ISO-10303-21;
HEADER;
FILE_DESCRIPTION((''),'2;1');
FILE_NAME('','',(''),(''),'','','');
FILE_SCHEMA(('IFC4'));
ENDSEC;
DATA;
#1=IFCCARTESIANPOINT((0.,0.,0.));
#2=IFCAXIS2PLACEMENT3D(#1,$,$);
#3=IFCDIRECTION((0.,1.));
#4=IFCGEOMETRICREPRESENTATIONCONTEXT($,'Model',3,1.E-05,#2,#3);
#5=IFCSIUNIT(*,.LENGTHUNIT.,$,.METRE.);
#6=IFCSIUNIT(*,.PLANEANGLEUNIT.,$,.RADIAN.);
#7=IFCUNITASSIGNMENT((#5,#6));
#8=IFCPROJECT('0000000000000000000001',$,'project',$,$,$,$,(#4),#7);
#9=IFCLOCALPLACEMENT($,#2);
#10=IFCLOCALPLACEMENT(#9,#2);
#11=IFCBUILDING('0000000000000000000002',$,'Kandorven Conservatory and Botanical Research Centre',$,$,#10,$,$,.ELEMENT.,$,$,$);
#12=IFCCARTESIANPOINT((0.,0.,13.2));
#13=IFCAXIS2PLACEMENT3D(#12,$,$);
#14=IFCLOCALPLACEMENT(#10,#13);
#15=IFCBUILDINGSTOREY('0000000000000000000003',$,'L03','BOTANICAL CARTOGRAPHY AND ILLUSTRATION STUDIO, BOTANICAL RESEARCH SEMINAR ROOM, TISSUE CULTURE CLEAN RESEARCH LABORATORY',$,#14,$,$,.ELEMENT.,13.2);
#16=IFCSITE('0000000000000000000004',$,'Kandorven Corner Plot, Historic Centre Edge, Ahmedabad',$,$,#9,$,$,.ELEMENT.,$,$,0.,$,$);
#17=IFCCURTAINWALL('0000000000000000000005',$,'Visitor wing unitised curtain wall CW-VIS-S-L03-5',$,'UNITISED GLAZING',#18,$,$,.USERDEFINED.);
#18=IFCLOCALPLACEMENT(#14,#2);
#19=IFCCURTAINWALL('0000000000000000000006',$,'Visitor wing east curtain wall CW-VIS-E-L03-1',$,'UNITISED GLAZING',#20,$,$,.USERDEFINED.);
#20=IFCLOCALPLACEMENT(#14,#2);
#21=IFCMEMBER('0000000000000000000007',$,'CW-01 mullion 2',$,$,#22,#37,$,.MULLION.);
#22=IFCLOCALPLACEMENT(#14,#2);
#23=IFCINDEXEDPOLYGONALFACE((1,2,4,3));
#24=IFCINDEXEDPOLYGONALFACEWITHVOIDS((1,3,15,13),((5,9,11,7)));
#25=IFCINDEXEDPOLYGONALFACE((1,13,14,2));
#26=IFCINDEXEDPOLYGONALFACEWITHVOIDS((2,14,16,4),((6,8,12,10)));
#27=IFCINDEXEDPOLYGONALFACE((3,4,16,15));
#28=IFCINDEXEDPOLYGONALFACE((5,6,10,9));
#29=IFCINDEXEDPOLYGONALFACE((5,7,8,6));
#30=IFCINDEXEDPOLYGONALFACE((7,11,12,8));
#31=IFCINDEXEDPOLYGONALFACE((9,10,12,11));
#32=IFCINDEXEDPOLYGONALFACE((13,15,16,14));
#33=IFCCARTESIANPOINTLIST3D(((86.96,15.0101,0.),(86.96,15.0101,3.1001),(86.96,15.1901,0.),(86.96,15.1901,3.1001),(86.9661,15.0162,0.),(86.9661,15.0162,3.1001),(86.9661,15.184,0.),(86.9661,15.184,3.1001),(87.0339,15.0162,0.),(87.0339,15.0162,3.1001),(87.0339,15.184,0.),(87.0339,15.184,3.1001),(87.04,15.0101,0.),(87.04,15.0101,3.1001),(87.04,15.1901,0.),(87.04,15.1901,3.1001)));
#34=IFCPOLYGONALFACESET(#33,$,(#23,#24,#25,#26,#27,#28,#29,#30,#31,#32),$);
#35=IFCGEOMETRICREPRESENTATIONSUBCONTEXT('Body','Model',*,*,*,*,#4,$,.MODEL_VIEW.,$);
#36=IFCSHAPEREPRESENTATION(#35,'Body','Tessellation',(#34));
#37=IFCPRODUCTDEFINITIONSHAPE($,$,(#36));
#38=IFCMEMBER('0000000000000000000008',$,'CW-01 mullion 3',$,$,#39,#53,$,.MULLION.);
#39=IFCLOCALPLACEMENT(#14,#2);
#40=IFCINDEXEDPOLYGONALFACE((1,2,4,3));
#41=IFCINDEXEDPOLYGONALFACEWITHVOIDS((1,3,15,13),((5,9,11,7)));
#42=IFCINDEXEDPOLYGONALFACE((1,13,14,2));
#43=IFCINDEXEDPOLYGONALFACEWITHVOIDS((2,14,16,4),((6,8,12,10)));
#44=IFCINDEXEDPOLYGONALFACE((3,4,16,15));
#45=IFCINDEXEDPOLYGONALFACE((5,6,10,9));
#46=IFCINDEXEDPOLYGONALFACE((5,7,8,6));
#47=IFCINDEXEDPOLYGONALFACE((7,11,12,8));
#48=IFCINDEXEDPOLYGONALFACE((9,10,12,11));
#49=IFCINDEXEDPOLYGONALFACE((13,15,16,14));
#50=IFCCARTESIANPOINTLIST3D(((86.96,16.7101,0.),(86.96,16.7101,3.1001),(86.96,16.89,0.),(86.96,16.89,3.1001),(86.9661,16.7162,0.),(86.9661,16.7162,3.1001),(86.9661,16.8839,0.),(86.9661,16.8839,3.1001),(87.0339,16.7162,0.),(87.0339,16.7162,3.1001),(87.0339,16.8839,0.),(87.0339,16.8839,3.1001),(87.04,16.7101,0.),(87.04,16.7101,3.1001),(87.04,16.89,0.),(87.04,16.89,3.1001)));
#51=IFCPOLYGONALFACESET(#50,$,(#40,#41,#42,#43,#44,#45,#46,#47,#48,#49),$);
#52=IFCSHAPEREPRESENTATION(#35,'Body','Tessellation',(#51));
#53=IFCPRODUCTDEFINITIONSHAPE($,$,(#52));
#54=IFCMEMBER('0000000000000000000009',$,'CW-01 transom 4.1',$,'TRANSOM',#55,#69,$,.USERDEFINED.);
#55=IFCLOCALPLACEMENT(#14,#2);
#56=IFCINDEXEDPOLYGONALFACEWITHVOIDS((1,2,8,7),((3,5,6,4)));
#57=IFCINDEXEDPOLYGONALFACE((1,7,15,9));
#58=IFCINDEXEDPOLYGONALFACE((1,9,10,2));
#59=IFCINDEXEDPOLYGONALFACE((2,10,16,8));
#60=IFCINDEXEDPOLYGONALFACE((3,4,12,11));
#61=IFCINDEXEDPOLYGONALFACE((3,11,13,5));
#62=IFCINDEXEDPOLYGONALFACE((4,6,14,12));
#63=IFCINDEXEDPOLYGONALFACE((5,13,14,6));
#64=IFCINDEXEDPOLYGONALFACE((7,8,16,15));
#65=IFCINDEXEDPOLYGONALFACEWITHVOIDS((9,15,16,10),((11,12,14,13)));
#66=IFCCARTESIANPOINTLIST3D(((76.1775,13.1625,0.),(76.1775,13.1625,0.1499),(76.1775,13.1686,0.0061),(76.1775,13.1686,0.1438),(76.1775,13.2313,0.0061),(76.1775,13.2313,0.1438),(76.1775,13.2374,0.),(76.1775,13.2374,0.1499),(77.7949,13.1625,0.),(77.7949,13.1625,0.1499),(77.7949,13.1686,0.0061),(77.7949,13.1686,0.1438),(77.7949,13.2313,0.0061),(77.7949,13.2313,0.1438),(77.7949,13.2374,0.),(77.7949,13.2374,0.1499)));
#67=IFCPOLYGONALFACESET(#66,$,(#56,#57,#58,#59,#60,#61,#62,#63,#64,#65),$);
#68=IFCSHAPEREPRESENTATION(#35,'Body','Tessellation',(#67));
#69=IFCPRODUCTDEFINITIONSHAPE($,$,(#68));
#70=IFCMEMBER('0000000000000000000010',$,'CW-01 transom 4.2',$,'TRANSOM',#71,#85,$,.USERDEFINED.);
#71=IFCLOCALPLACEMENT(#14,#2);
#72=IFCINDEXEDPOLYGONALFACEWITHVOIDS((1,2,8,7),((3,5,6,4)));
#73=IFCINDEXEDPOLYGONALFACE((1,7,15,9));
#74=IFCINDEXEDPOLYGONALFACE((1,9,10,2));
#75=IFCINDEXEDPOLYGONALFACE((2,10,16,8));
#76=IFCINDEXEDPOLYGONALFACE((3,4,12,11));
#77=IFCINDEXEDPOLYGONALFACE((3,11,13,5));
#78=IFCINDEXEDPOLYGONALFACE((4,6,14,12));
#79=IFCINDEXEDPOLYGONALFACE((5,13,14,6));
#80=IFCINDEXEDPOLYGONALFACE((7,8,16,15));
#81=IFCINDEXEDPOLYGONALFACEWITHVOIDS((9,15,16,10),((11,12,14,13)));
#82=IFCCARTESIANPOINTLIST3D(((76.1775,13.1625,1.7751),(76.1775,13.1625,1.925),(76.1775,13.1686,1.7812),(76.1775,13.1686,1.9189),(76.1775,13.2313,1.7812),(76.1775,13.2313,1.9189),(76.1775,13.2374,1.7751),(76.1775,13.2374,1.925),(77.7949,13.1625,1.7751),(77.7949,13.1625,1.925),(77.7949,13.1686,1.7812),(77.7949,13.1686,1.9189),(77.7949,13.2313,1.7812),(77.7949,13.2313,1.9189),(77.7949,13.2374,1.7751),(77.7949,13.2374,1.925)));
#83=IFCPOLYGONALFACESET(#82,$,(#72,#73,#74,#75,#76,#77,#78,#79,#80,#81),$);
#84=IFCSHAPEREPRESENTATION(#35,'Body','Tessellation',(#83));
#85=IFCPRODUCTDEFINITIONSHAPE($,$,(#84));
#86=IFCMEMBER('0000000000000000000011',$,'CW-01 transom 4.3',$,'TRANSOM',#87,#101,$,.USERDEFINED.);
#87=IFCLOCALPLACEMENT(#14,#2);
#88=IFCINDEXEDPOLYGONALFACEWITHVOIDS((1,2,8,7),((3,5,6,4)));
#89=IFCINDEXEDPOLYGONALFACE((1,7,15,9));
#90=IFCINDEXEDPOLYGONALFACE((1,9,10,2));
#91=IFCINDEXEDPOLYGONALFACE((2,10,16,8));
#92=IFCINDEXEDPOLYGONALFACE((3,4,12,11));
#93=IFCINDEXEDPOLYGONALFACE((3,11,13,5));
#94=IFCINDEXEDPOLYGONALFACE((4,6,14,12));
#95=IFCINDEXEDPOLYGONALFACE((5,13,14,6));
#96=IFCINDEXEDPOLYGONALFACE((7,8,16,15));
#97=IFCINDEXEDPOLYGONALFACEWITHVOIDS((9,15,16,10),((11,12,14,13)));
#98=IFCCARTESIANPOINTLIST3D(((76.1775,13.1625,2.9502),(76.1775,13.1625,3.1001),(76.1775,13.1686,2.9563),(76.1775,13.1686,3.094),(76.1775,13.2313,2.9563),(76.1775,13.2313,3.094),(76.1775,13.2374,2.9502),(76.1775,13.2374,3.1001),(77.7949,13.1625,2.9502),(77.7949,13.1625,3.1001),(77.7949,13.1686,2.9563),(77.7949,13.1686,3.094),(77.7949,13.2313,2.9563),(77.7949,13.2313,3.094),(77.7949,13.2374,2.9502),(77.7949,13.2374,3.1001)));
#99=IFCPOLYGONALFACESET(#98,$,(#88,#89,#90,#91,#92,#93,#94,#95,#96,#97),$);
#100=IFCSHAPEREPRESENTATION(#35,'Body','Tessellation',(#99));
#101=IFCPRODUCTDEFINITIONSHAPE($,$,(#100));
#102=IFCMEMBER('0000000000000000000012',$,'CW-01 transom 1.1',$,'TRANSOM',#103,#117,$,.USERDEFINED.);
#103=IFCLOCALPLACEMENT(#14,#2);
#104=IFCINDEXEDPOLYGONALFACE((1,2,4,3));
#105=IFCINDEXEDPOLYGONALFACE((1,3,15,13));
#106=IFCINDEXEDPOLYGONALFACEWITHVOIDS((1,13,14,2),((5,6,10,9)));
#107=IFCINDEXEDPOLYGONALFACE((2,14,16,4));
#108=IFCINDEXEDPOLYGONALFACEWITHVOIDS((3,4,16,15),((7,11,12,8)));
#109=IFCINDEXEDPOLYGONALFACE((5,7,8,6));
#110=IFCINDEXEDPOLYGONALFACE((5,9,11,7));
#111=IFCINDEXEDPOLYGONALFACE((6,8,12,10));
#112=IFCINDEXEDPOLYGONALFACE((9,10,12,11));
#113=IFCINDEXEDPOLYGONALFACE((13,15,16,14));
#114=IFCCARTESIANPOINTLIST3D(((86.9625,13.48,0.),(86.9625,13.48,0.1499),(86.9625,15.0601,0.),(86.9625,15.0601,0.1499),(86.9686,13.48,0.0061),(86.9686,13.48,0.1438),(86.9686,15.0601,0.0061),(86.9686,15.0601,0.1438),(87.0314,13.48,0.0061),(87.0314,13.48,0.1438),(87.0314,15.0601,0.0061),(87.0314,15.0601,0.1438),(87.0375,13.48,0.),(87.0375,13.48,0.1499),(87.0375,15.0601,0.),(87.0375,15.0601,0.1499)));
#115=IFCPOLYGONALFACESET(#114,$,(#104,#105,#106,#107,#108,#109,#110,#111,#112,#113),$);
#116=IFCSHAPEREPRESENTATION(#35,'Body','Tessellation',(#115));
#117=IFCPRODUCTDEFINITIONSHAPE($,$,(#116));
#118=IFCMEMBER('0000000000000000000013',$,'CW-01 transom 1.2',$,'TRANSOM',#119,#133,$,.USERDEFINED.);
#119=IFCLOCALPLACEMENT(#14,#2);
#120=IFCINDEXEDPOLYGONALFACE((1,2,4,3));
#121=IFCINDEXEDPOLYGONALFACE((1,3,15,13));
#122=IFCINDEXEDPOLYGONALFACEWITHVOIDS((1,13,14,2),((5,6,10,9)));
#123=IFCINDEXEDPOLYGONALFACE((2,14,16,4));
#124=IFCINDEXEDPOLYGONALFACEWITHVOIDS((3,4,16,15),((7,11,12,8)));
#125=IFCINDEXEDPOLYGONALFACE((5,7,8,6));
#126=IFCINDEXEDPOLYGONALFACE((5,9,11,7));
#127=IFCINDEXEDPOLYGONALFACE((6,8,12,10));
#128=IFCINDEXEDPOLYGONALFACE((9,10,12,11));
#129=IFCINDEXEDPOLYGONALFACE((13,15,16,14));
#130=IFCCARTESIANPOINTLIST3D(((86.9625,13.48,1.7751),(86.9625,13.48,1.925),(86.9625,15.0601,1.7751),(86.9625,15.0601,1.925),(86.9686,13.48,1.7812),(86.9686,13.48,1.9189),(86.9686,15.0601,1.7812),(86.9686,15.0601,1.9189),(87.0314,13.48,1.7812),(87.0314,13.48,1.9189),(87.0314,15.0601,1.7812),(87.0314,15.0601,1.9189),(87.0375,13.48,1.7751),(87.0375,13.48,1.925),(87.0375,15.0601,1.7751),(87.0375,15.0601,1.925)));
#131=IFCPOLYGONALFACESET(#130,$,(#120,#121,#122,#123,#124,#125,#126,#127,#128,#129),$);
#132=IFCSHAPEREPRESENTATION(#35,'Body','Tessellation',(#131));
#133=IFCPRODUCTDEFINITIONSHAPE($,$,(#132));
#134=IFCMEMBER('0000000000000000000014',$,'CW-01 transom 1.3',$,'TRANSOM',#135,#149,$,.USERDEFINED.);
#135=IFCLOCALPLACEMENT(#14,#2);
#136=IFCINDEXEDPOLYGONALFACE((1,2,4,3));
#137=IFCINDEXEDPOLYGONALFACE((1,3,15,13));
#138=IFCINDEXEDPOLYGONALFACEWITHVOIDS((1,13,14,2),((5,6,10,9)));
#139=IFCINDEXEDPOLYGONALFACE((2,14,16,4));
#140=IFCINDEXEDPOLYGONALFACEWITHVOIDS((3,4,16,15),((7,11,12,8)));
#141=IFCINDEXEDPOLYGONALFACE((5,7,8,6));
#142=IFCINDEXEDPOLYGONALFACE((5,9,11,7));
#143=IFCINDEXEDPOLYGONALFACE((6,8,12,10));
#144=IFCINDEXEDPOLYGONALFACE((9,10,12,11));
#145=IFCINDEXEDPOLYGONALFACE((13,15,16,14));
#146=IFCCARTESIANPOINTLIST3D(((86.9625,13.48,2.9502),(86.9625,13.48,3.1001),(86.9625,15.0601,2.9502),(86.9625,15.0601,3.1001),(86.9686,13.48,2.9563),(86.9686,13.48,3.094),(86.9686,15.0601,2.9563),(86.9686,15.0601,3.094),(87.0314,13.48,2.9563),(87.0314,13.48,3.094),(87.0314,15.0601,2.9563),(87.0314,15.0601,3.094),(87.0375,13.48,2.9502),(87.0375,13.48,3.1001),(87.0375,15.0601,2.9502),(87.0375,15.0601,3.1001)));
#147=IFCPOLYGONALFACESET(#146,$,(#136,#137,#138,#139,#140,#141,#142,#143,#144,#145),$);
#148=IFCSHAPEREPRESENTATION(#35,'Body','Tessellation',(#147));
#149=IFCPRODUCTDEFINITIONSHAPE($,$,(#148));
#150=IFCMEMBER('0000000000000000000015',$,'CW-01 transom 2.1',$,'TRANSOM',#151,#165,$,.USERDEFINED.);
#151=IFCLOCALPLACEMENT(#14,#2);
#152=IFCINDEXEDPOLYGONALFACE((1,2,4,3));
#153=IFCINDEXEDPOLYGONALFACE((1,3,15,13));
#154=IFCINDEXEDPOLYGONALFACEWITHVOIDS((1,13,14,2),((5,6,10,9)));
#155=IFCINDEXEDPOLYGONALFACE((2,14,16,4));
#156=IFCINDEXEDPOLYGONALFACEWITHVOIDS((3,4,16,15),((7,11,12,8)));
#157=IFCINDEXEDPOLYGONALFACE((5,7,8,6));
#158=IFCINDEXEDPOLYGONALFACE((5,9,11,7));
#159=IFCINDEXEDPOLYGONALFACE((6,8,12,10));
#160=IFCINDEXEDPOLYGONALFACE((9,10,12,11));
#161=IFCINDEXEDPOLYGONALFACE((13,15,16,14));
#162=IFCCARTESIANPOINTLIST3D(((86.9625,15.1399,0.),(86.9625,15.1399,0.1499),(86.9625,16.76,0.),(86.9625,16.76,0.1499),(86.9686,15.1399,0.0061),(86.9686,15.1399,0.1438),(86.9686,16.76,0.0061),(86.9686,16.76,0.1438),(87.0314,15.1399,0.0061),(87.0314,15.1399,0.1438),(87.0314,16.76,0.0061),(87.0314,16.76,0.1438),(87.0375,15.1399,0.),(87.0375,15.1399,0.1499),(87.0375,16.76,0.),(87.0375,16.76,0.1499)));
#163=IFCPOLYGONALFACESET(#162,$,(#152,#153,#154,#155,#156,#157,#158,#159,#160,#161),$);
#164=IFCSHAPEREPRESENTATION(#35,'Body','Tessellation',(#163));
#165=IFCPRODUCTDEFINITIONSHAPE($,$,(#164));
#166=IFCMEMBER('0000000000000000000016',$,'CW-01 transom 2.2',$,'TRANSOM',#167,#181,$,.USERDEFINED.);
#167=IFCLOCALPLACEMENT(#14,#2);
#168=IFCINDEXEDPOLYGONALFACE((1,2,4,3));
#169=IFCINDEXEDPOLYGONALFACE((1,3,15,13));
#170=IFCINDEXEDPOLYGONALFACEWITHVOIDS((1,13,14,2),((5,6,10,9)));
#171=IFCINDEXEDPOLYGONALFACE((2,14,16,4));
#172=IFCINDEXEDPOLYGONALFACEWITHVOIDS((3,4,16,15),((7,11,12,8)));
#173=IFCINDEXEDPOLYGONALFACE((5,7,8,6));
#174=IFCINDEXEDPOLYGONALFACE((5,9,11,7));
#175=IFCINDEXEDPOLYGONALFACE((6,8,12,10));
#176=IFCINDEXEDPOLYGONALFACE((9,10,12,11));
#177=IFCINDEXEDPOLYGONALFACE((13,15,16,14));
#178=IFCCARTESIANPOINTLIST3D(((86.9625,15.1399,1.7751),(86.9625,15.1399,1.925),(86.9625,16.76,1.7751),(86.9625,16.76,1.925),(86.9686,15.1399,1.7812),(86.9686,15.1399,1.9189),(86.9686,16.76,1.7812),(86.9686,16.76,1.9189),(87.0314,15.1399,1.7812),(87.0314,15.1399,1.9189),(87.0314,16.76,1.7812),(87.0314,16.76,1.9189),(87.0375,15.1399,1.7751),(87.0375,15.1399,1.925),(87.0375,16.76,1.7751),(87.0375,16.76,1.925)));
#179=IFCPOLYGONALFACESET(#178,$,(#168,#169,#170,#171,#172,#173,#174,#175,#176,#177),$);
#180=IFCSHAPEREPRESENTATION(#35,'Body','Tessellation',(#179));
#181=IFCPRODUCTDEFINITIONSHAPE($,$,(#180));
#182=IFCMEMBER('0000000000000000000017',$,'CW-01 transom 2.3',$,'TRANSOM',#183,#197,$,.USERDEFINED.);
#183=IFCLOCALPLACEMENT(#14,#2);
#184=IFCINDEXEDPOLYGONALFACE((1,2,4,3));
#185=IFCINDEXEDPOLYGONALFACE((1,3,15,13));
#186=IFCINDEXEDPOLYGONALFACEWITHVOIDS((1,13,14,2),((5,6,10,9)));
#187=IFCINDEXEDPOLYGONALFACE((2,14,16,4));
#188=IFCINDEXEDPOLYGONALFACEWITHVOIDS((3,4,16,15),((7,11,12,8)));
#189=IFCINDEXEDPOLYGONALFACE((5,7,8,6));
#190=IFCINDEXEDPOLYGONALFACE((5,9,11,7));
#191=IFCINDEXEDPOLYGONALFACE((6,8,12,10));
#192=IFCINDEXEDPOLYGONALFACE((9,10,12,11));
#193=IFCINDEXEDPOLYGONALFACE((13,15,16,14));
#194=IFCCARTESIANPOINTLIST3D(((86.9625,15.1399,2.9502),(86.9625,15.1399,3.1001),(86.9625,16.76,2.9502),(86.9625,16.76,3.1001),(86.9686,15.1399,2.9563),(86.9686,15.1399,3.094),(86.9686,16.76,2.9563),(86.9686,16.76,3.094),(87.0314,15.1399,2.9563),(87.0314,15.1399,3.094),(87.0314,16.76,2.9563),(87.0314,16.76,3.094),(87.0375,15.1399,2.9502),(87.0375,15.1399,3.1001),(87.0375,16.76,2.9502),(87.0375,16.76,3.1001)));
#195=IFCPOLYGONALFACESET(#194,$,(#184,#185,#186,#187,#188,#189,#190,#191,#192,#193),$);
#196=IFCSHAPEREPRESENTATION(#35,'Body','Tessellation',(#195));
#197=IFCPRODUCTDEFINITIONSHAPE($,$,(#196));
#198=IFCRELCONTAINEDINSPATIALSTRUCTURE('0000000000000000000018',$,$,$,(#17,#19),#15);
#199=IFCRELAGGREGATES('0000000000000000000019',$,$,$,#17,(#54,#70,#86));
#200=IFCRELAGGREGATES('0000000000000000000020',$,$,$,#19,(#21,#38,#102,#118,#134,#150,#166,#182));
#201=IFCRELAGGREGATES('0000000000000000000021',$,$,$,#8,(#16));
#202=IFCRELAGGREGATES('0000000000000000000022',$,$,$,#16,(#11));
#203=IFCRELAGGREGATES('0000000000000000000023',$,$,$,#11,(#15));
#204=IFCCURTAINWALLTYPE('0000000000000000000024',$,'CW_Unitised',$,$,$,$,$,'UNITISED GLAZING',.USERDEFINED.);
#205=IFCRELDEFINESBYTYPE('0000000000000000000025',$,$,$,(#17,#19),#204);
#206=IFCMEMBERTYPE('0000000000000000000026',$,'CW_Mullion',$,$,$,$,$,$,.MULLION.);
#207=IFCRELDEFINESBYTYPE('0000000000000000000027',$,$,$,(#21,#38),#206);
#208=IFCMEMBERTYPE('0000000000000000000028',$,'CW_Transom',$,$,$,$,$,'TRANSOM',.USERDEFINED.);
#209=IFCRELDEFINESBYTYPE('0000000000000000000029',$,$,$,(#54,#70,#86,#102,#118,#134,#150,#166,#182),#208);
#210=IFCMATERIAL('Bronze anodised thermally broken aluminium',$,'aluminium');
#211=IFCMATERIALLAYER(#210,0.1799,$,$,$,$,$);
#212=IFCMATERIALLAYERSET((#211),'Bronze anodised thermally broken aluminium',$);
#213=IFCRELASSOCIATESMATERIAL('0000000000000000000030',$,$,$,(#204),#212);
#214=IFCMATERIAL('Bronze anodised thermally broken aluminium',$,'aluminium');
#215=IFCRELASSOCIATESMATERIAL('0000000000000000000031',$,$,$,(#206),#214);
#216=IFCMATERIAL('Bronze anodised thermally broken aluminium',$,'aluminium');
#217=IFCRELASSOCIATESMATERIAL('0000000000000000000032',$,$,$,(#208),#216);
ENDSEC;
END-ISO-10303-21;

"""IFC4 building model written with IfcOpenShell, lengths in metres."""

from ifc_helpers import new_model, si_unit, direction, frame, origin, origin_2d, place, context, subcontext, project, spatial, hollow_rectangle, extrude, material, layer, layer_set, material_profile, profile_set, type_object, element, aggregate, save


model = new_model("IFC4")

# Units and contexts
model_context = context("Model", 3, precision=1e-05, world=origin(), true_north=direction((0.0, 1.0)))
body_context = subcontext(model_context, "Body", "Model", "MODEL_VIEW")
ifc_project = project(units=[si_unit("LENGTHUNIT", "METRE"), si_unit("PLANEANGLEUNIT", "RADIAN")], contexts=[model_context])

# Site, building, storey
site_placement = place(None, origin())
site = spatial("IfcSite", under=ifc_project, at=site_placement, Name="Kandorven Corner Plot, Historic Centre Edge, Ahmedabad", CompositionType="ELEMENT", RefElevation=0.0)
building_placement = place(site_placement, origin())
building = spatial("IfcBuilding", under=site, at=building_placement, Name="Kandorven Conservatory and Botanical Research Centre", CompositionType="ELEMENT")
storey_placement = place(building_placement, frame((0.0, 0.0, 13.2)))
storey = spatial("IfcBuildingStorey", under=building, at=storey_placement, Name="L03", Description="BOTANICAL CARTOGRAPHY AND ILLUSTRATION STUDIO, BOTANICAL RESEARCH SEMINAR ROOM, TISSUE CULTURE CLEAN RESEARCH LABORATORY", CompositionType="ELEMENT", Elevation=13.2)

# Curtain walls, members
ifc_material_1 = material(Name="Bronze anodised thermally broken aluminium", Category="aluminium")
ifc_layer_1 = layer(ifc_material_1, 0.1799)
ifc_layer_set_1 = layer_set([ifc_layer_1], Name="Bronze anodised thermally broken aluminium")
curtain_wall_type = type_object("IfcCurtainWallType", Name="CW_Unitised", ElementType="UNITISED GLAZING", PredefinedType="USERDEFINED", material=ifc_layer_set_1)
curtain_wall_1_placement = place(storey_placement, origin())
curtain_wall_1 = element("IfcCurtainWall", 1, at=curtain_wall_1_placement, inside=storey, type_object=curtain_wall_type, Name="Visitor wing unitised curtain wall CW-VIS-S-L03-5", ObjectType="UNITISED GLAZING", PredefinedType="USERDEFINED")
ifc_material_2 = material(Name="Bronze anodised thermally broken aluminium", Category="aluminium")
ifc_material_profile_1 = material_profile(ifc_material_2, hollow_rectangle(XDim=0.0801, YDim=0.1799, WallThickness=0.0061, at=origin_2d()))
ifc_profile_set_1 = profile_set([ifc_material_profile_1], Name="Bronze anodised thermally broken aluminium")
member_type_1 = type_object("IfcMemberType", Name="CW_Mullion", PredefinedType="MULLION", material=ifc_profile_set_1)
curtain_wall_2_placement = place(storey_placement, origin())
curtain_wall_2 = element("IfcCurtainWall", 2, at=curtain_wall_2_placement, inside=storey, type_object=curtain_wall_type, Name="Visitor wing east curtain wall CW-VIS-E-L03-1", ObjectType="UNITISED GLAZING", PredefinedType="USERDEFINED")
member_1_placement = place(storey_placement, frame((87.0, 15.1001, 0.0), z_axis=(0.0, 0.0, 1.0), x_axis=(-1.0, 0.0, 0.0)))
member_1 = element("IfcMember", 3, at=member_1_placement, type_object=member_type_1, Name="CW-01 mullion 2", PredefinedType="MULLION", context=body_context, shape_type="SweptSolid", body=[
    extrude(hollow_rectangle(XDim=0.0801, YDim=0.1799, WallThickness=0.0061, at=origin_2d()), origin(), (0.0, 0.0, 1.0), 3.1001),
])
member_2_placement = place(storey_placement, frame((87.0, 16.8, 0.0), z_axis=(0.0, 0.0, 1.0), x_axis=(-1.0, 0.0, 0.0)))
member_2 = element("IfcMember", 4, at=member_2_placement, type_object=member_type_1, Name="CW-01 mullion 3", PredefinedType="MULLION", context=body_context, shape_type="SweptSolid", body=[
    extrude(hollow_rectangle(XDim=0.0801, YDim=0.1799, WallThickness=0.0061, at=origin_2d()), origin(), (0.0, 0.0, 1.0), 3.1001),
])

# Members
ifc_material_3 = material(Name="Bronze anodised thermally broken aluminium", Category="aluminium")
ifc_material_profile_2 = material_profile(ifc_material_3, hollow_rectangle(XDim=0.075, YDim=0.1499, WallThickness=0.0061, at=origin_2d()))
ifc_profile_set_2 = profile_set([ifc_material_profile_2], Name="Bronze anodised thermally broken aluminium")
member_type_2 = type_object("IfcMemberType", Name="CW_Transom", ElementType="TRANSOM", PredefinedType="USERDEFINED", material=ifc_profile_set_2)
member_3_placement = place(storey_placement, frame((76.1775, 13.2, 0.075), z_axis=(1.0, 0.0, 0.0), x_axis=(0.0, 1.0, 0.0)))
member_3 = element("IfcMember", 5, at=member_3_placement, type_object=member_type_2, Name="CW-01 transom 4.1", ObjectType="TRANSOM", PredefinedType="USERDEFINED", context=body_context, shape_type="SweptSolid", body=[
    extrude(hollow_rectangle(XDim=0.075, YDim=0.1499, WallThickness=0.0061, at=origin_2d()), origin(), (0.0, 0.0, 1.0), 1.6174),
])
member_4_placement = place(storey_placement, frame((76.1775, 13.2, 1.8501), z_axis=(1.0, 0.0, 0.0), x_axis=(0.0, 1.0, 0.0)))
member_4 = element("IfcMember", 6, at=member_4_placement, type_object=member_type_2, Name="CW-01 transom 4.2", ObjectType="TRANSOM", PredefinedType="USERDEFINED", context=body_context, shape_type="SweptSolid", body=[
    extrude(hollow_rectangle(XDim=0.075, YDim=0.1499, WallThickness=0.0061, at=origin_2d()), origin(), (0.0, 0.0, 1.0), 1.6174),
])
member_5_placement = place(storey_placement, frame((76.1775, 13.2, 3.0251), z_axis=(1.0, 0.0, 0.0), x_axis=(0.0, 1.0, 0.0)))
member_5 = element("IfcMember", 7, at=member_5_placement, type_object=member_type_2, Name="CW-01 transom 4.3", ObjectType="TRANSOM", PredefinedType="USERDEFINED", context=body_context, shape_type="SweptSolid", body=[
    extrude(hollow_rectangle(XDim=0.075, YDim=0.1499, WallThickness=0.0061, at=origin_2d()), origin(), (0.0, 0.0, 1.0), 1.6174),
])
member_6_placement = place(storey_placement, frame((87.0, 13.48, 0.075), z_axis=(0.0, 1.0, 0.0), x_axis=(-1.0, 0.0, 0.0)))
member_6 = element("IfcMember", 8, at=member_6_placement, type_object=member_type_2, Name="CW-01 transom 1.1", ObjectType="TRANSOM", PredefinedType="USERDEFINED", context=body_context, shape_type="SweptSolid", body=[
    extrude(hollow_rectangle(XDim=0.075, YDim=0.1499, WallThickness=0.0061, at=origin_2d()), origin(), (0.0, 0.0, 1.0), 1.5801),
])
member_7_placement = place(storey_placement, frame((87.0, 13.48, 1.8501), z_axis=(0.0, 1.0, 0.0), x_axis=(-1.0, 0.0, 0.0)))
member_7 = element("IfcMember", 9, at=member_7_placement, type_object=member_type_2, Name="CW-01 transom 1.2", ObjectType="TRANSOM", PredefinedType="USERDEFINED", context=body_context, shape_type="SweptSolid", body=[
    extrude(hollow_rectangle(XDim=0.075, YDim=0.1499, WallThickness=0.0061, at=origin_2d()), origin(), (0.0, 0.0, 1.0), 1.5801),
])
member_8_placement = place(storey_placement, frame((87.0, 13.48, 3.0251), z_axis=(0.0, 1.0, 0.0), x_axis=(-1.0, 0.0, 0.0)))
member_8 = element("IfcMember", 10, at=member_8_placement, type_object=member_type_2, Name="CW-01 transom 1.3", ObjectType="TRANSOM", PredefinedType="USERDEFINED", context=body_context, shape_type="SweptSolid", body=[
    extrude(hollow_rectangle(XDim=0.075, YDim=0.1499, WallThickness=0.0061, at=origin_2d()), origin(), (0.0, 0.0, 1.0), 1.5801),
])
member_9_placement = place(storey_placement, frame((87.0, 15.1399, 0.075), z_axis=(0.0, 1.0, 0.0), x_axis=(-1.0, 0.0, 0.0)))
member_9 = element("IfcMember", 11, at=member_9_placement, type_object=member_type_2, Name="CW-01 transom 2.1", ObjectType="TRANSOM", PredefinedType="USERDEFINED", context=body_context, shape_type="SweptSolid", body=[
    extrude(hollow_rectangle(XDim=0.075, YDim=0.1499, WallThickness=0.0061, at=origin_2d()), origin(), (0.0, 0.0, 1.0), 1.6201),
])
member_10_placement = place(storey_placement, frame((87.0, 15.1399, 1.8501), z_axis=(0.0, 1.0, 0.0), x_axis=(-1.0, 0.0, 0.0)))
member_10 = element("IfcMember", 12, at=member_10_placement, type_object=member_type_2, Name="CW-01 transom 2.2", ObjectType="TRANSOM", PredefinedType="USERDEFINED", context=body_context, shape_type="SweptSolid", body=[
    extrude(hollow_rectangle(XDim=0.075, YDim=0.1499, WallThickness=0.0061, at=origin_2d()), origin(), (0.0, 0.0, 1.0), 1.6201),
])
member_11_placement = place(storey_placement, frame((87.0, 15.1399, 3.0251), z_axis=(0.0, 1.0, 0.0), x_axis=(-1.0, 0.0, 0.0)))
member_11 = element("IfcMember", 13, at=member_11_placement, type_object=member_type_2, Name="CW-01 transom 2.3", ObjectType="TRANSOM", PredefinedType="USERDEFINED", context=body_context, shape_type="SweptSolid", body=[
    extrude(hollow_rectangle(XDim=0.075, YDim=0.1499, WallThickness=0.0061, at=origin_2d()), origin(), (0.0, 0.0, 1.0), 1.6201),
])

aggregate(curtain_wall_1, [member_3, member_4, member_5])
aggregate(curtain_wall_2, [member_1, member_2, member_6, member_7, member_8, member_9, member_10, member_11])

save(model, "model.ifc")
